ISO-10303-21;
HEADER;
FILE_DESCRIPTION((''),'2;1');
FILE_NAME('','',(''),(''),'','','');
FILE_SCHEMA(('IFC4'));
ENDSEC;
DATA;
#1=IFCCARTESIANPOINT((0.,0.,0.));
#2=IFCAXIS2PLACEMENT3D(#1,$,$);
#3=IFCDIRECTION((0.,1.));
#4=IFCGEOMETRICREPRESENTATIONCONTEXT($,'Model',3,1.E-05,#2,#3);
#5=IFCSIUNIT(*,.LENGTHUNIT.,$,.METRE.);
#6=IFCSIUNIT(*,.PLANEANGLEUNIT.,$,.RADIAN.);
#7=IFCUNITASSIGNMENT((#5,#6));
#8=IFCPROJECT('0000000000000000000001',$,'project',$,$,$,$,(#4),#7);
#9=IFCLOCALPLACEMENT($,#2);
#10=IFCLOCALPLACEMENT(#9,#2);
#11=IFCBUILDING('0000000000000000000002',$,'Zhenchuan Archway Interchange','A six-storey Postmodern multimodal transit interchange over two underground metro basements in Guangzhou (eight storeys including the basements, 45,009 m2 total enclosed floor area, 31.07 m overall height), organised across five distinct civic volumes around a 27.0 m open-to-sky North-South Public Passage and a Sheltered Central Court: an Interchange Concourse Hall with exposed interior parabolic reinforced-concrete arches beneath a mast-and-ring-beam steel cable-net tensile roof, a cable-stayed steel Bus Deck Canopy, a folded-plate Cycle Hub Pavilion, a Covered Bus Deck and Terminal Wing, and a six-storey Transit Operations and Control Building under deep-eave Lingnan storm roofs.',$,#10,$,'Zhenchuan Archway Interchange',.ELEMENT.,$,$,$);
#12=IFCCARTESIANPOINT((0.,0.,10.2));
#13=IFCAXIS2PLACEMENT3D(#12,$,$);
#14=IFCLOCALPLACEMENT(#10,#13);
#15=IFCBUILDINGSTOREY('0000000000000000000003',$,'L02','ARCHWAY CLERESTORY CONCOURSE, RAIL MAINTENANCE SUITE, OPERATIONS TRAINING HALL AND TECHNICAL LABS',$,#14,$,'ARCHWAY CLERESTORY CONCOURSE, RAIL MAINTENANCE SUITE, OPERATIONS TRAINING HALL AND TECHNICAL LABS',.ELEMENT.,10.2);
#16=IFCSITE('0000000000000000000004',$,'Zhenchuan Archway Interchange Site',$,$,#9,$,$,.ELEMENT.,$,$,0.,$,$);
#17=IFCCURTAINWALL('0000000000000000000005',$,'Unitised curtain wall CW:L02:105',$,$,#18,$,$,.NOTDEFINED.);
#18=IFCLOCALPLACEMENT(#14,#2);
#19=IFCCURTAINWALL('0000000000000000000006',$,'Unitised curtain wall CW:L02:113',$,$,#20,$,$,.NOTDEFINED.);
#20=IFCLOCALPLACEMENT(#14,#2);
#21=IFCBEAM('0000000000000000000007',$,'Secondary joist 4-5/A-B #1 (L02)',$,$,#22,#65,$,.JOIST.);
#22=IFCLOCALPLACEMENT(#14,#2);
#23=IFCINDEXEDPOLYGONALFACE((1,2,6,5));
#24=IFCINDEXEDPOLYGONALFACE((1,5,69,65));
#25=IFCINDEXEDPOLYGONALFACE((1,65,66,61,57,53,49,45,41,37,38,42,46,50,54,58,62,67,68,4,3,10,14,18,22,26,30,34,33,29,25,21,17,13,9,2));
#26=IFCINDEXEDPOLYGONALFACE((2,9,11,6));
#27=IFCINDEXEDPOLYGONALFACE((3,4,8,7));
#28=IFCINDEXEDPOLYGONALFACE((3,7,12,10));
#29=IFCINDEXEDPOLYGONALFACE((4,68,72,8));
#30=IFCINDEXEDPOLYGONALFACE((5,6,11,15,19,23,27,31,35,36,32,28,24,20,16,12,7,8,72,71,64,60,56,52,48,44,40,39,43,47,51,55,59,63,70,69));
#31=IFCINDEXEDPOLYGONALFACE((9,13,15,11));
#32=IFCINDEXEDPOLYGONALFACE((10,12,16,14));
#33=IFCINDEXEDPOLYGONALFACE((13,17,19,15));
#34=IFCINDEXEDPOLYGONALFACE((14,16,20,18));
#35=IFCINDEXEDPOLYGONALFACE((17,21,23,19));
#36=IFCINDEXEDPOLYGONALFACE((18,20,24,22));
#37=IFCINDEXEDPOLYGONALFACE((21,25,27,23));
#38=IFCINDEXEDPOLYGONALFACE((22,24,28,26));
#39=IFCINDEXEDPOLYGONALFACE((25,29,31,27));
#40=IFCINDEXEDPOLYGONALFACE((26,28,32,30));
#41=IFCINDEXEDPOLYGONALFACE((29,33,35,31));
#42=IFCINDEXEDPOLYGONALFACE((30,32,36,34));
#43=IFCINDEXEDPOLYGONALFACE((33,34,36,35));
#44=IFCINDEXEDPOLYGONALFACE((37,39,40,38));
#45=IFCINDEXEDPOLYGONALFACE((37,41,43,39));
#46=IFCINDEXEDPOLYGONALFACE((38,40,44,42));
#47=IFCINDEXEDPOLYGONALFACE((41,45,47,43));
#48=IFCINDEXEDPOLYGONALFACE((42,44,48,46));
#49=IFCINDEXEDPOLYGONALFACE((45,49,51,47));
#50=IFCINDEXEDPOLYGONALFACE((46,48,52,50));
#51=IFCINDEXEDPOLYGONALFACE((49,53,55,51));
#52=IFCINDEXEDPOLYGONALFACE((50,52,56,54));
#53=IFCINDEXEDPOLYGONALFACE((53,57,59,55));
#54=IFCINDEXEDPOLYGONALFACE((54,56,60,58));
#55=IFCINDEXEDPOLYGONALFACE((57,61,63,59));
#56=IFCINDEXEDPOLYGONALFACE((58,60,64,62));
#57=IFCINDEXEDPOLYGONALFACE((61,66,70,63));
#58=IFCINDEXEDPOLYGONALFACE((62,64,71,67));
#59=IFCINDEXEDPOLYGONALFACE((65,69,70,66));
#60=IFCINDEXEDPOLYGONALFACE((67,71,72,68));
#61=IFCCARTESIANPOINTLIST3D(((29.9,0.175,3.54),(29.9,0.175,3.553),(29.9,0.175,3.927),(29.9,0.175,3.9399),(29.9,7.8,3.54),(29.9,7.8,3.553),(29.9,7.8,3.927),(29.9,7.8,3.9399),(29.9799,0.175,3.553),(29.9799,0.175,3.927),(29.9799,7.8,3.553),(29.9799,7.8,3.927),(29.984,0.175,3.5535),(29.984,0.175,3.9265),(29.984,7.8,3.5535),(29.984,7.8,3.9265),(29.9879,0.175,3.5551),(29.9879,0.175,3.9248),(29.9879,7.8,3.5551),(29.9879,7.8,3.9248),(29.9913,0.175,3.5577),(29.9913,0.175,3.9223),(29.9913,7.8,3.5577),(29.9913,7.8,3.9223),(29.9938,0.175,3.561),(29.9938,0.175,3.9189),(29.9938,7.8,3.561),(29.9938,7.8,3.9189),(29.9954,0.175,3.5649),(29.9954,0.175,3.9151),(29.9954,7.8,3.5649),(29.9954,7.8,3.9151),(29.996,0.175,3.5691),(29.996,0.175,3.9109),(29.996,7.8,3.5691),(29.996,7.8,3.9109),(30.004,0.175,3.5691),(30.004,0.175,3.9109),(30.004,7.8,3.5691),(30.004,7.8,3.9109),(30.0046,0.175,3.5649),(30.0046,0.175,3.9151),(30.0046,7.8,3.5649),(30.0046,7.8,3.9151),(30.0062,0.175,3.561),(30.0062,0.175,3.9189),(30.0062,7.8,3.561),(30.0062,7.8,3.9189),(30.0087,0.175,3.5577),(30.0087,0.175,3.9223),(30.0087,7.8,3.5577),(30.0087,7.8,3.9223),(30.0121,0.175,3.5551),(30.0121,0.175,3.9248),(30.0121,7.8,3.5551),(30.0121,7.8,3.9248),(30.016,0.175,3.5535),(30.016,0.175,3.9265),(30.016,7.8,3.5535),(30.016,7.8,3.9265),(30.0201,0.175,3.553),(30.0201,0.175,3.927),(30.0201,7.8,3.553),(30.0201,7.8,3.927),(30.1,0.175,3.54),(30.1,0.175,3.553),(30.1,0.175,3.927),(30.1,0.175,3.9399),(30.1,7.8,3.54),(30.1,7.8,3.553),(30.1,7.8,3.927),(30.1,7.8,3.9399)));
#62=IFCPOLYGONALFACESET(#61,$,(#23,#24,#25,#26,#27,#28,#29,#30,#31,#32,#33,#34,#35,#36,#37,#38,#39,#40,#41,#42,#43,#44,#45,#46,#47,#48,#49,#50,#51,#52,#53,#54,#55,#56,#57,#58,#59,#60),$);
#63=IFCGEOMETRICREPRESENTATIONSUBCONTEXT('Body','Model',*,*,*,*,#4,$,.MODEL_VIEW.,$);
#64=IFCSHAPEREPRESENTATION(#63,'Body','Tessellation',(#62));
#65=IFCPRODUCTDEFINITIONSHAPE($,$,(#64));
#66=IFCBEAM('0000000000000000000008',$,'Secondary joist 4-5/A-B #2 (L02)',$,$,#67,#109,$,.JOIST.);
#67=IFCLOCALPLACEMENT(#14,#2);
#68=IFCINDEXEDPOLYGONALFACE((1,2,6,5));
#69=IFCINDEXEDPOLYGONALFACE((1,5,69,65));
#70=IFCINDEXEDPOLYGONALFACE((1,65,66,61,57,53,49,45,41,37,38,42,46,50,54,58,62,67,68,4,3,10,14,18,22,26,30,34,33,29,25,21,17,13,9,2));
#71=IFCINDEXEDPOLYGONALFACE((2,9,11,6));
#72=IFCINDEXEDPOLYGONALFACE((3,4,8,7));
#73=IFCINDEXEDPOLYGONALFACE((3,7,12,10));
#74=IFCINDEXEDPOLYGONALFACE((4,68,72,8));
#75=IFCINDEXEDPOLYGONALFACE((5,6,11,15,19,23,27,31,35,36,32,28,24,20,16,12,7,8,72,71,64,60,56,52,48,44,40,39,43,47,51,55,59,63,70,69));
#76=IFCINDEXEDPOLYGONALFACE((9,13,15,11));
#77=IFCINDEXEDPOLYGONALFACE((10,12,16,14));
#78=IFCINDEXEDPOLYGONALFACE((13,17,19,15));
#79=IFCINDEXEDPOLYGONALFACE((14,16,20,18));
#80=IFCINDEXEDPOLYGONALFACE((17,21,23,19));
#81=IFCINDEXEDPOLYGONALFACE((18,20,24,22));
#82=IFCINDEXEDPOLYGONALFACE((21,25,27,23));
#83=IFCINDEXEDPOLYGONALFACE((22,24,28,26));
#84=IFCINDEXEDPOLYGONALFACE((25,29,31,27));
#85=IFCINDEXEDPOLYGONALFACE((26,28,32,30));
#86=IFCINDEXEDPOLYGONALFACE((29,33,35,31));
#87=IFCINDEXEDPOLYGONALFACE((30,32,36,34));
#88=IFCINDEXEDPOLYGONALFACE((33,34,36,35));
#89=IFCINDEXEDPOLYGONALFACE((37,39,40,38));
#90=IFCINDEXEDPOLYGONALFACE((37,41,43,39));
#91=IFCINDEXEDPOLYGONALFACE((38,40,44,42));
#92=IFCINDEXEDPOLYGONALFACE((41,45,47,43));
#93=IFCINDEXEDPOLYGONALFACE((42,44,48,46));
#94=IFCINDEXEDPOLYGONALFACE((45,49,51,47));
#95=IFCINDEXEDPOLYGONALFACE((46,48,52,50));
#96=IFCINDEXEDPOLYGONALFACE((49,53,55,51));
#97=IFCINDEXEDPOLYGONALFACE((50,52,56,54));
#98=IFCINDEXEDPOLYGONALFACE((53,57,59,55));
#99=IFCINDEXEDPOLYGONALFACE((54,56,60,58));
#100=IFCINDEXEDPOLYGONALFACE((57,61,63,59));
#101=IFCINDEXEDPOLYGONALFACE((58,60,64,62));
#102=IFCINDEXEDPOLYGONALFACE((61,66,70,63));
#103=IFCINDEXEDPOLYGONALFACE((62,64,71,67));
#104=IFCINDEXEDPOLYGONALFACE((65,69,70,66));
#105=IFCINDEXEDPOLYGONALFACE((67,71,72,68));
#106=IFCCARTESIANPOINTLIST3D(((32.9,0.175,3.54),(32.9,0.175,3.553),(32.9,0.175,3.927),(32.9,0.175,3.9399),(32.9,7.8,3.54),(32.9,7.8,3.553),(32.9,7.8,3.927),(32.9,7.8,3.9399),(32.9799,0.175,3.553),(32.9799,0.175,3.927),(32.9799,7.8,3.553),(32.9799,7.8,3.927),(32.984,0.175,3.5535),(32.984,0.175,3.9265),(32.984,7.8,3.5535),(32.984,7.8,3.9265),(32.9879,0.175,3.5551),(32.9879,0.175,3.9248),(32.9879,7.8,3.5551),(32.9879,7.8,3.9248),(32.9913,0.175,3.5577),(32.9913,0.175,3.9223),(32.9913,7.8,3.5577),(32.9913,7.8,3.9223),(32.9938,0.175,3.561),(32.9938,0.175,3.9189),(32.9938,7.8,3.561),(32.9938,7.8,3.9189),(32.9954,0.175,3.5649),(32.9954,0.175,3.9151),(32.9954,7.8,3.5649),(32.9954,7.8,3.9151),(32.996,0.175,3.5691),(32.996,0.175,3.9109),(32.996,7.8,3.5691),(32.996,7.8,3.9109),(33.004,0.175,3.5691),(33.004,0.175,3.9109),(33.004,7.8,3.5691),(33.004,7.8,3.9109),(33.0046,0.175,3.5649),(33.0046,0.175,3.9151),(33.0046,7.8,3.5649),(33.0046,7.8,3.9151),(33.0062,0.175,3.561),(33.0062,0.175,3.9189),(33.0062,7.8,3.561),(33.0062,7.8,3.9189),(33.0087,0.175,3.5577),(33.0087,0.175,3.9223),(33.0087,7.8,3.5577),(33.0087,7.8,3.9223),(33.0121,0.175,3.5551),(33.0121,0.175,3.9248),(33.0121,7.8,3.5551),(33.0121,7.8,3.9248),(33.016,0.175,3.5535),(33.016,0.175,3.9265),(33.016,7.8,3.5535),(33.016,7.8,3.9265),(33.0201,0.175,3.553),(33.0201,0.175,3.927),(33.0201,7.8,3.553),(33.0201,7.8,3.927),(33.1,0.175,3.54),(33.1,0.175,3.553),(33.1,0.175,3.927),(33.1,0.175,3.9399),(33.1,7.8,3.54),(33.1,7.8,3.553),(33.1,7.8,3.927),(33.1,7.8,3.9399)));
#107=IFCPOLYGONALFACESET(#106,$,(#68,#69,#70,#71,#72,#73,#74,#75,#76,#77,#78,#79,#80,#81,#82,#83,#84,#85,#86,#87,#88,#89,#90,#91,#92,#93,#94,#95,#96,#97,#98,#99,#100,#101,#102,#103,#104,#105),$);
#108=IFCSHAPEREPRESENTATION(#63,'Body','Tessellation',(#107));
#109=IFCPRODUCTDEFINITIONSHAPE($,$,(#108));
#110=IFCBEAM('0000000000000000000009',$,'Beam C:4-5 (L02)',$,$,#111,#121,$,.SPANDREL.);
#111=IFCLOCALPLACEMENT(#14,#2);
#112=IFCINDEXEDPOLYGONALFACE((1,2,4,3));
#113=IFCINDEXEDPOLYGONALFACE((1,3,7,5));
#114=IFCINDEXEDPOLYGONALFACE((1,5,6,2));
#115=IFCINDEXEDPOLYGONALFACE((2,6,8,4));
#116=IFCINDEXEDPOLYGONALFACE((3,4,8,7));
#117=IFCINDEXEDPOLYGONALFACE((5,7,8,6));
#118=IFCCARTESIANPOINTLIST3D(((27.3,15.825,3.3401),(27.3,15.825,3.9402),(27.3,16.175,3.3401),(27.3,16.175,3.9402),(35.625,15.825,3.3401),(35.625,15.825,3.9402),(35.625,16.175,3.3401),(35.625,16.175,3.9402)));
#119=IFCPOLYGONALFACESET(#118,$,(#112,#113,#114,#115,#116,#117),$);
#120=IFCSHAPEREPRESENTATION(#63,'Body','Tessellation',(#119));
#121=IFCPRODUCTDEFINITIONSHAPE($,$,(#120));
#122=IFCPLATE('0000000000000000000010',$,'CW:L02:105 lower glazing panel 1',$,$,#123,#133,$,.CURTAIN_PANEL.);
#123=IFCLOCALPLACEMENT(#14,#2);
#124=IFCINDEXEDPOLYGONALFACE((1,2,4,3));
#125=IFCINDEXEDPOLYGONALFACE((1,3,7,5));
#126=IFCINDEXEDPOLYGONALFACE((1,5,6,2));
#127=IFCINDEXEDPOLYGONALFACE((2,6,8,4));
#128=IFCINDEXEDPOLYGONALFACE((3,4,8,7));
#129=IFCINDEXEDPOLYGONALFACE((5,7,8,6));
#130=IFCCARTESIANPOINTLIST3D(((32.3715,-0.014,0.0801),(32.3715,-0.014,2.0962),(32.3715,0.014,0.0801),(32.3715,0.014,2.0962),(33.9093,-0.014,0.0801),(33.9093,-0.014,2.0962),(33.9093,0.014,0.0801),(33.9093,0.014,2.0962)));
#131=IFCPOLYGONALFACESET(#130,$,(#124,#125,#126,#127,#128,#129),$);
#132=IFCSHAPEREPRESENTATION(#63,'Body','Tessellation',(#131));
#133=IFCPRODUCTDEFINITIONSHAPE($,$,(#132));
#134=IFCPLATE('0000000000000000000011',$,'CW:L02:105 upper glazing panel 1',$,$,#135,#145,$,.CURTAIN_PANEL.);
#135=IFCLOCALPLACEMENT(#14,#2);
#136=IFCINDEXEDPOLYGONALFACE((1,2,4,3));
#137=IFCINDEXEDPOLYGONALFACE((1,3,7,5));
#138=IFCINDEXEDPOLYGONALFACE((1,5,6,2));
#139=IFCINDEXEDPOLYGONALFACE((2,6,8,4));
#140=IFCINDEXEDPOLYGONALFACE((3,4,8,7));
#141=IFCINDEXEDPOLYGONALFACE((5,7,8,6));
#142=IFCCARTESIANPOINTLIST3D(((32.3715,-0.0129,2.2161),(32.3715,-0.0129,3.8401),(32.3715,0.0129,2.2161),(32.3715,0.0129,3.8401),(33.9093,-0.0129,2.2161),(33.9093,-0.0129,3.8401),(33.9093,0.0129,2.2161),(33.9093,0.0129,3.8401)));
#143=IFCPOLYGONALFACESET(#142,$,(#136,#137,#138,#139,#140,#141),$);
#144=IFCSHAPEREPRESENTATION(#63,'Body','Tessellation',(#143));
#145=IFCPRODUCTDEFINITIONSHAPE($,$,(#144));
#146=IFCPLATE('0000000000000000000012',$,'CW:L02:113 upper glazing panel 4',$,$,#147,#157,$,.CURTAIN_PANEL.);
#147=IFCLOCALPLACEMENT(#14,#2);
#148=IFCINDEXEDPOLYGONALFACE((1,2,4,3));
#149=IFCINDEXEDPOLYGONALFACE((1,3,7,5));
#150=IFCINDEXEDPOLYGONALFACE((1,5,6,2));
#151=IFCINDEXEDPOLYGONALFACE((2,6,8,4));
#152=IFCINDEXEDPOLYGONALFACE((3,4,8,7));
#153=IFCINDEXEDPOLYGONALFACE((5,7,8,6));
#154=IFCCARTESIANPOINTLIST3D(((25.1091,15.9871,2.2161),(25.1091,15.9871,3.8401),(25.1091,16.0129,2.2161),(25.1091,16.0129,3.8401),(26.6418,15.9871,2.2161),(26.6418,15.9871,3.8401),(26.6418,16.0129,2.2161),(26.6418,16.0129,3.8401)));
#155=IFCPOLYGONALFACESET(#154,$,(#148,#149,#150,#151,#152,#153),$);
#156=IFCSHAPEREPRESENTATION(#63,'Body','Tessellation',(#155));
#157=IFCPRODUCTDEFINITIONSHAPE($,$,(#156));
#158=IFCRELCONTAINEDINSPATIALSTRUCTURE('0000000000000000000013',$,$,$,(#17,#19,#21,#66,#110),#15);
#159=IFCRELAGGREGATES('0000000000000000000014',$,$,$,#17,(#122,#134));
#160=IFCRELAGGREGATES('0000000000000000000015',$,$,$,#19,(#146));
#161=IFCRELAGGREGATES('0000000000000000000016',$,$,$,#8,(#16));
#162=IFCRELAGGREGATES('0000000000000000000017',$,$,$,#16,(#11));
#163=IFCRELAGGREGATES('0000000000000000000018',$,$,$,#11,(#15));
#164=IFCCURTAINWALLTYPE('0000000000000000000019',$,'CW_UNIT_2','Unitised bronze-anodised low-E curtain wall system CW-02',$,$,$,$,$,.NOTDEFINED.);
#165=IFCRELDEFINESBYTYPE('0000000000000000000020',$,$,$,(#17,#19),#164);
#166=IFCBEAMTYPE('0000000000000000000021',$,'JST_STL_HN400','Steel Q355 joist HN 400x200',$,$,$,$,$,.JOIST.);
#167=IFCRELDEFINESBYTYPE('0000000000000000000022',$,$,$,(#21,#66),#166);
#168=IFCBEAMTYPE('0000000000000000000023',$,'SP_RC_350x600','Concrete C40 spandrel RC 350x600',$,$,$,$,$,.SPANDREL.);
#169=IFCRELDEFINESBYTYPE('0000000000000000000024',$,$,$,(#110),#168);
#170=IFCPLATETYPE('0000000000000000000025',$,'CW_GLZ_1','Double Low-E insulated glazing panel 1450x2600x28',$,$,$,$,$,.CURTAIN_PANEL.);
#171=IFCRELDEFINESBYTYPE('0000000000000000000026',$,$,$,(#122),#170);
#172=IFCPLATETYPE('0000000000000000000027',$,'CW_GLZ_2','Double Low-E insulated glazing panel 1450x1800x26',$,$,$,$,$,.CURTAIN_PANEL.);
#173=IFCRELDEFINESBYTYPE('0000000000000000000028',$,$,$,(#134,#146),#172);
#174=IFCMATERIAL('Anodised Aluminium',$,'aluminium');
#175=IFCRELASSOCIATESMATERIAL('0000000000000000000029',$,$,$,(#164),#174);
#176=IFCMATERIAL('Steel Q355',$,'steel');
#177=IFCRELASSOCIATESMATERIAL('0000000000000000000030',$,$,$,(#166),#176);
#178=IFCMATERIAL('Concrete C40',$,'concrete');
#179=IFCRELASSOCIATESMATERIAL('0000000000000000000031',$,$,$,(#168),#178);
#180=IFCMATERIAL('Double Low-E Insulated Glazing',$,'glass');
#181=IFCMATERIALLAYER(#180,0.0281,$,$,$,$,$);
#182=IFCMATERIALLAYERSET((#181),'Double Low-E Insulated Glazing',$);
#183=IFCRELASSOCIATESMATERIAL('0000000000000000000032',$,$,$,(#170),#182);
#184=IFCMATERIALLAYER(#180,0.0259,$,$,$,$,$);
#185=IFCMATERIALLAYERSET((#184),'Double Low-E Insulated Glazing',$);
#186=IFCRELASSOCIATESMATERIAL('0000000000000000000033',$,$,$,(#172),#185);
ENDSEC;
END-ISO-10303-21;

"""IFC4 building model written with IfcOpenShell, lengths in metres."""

from ifc_helpers import new_model, si_unit, direction, frame, origin, origin_2d, place, context, subcontext, project, spatial, rectangle, i_section, extrude, material, layer, layer_set, material_profile, profile_set, type_object, element, aggregate, save


model = new_model("IFC4")

# Units and contexts
model_context = context("Model", 3, precision=1e-05, world=origin(), true_north=direction((0.0, 1.0)))
body_context = subcontext(model_context, "Body", "Model", "MODEL_VIEW")
ifc_project = project(units=[si_unit("LENGTHUNIT", "METRE"), si_unit("PLANEANGLEUNIT", "RADIAN")], contexts=[model_context])

# Site, building, storey
site_placement = place(None, origin())
site = spatial("IfcSite", under=ifc_project, at=site_placement, Name="Zhenchuan Archway Interchange Site", CompositionType="ELEMENT", RefElevation=0.0)
building_placement = place(site_placement, origin())
building = spatial("IfcBuilding", under=site, at=building_placement, Name="Zhenchuan Archway Interchange", Description="A six-storey Postmodern multimodal transit interchange over two underground metro basements in Guangzhou (eight storeys including the basements, 45,009 m2 total enclosed floor area, 31.07 m overall height), organised across five distinct civic volumes around a 27.0 m open-to-sky North-South Public Passage and a Sheltered Central Court: an Interchange Concourse Hall with exposed interior parabolic reinforced-concrete arches beneath a mast-and-ring-beam steel cable-net tensile roof, a cable-stayed steel Bus Deck Canopy, a folded-plate Cycle Hub Pavilion, a Covered Bus Deck and Terminal Wing, and a six-storey Transit Operations and Control Building under deep-eave Lingnan storm roofs.", LongName="Zhenchuan Archway Interchange", CompositionType="ELEMENT")
storey_placement = place(building_placement, frame((0.0, 0.0, 10.2)))
storey = spatial("IfcBuildingStorey", under=building, at=storey_placement, Name="L02", Description="ARCHWAY CLERESTORY CONCOURSE, RAIL MAINTENANCE SUITE, OPERATIONS TRAINING HALL AND TECHNICAL LABS", LongName="ARCHWAY CLERESTORY CONCOURSE, RAIL MAINTENANCE SUITE, OPERATIONS TRAINING HALL AND TECHNICAL LABS", CompositionType="ELEMENT", Elevation=10.2)

# Shared definitions
ifc_material_1 = material(Name="Concrete C40", Category="concrete")

# Curtain walls
ifc_material_2 = material(Name="Anodised Aluminium", Category="aluminium")
curtain_wall_type_1 = type_object("IfcCurtainWallType", Name="CW_UNIT_2", Description="Unitised bronze-anodised low-E curtain wall system CW-02", PredefinedType="NOTDEFINED", material=ifc_material_2)
curtain_wall_1_placement = place(storey_placement, origin())
curtain_wall_1 = element("IfcCurtainWall", 1, at=curtain_wall_1_placement, inside=storey, type_object=curtain_wall_type_1, Name="Unitised curtain wall CW:L02:105", PredefinedType="NOTDEFINED")
curtain_wall_2_placement = place(storey_placement, origin())
curtain_wall_2 = element("IfcCurtainWall", 2, at=curtain_wall_2_placement, inside=storey, type_object=curtain_wall_type_1, Name="Unitised curtain wall CW:L02:113", PredefinedType="NOTDEFINED")

# Beams
ifc_material_3 = material(Name="Steel Q355", Category="steel")
ifc_material_profile_1 = material_profile(ifc_material_3, i_section(OverallWidth=0.2, OverallDepth=0.3999, WebThickness=0.0081, FlangeThickness=0.0129, FilletRadius=0.0161, at=origin_2d()), Name="HN 400x200")
ifc_profile_set_1 = profile_set([ifc_material_profile_1], Name="Steel Q355")
beam_type_1 = type_object("IfcBeamType", Name="JST_STL_HN400", Description="Steel Q355 joist HN 400x200", PredefinedType="JOIST", material=ifc_profile_set_1)
for number, where, z_axis, x_axis, name in (
    (3, (30.0, 0.175, 3.74), (0.0, 1.0, 0.0), (-1.0, 0.0, 0.0), "Secondary joist 4-5/A-B #1 (L02)"),
    (4, (33.0, 0.175, 3.74), (0.0, 1.0, 0.0), (-1.0, 0.0, 0.0), "Secondary joist 4-5/A-B #2 (L02)"),
):
    element("IfcBeam", number, at=place(storey_placement, frame(where, z_axis=z_axis, x_axis=x_axis)), inside=storey, type_object=beam_type_1, Name=name, PredefinedType="JOIST", context=body_context, shape_type="SweptSolid", body=[
        extrude(i_section(OverallWidth=0.2, OverallDepth=0.3999, WebThickness=0.0081, FlangeThickness=0.0129, FilletRadius=0.0161, at=origin_2d()), origin(), (0.0, 0.0, 1.0), 7.625),
    ])
ifc_material_profile_2 = material_profile(ifc_material_1, rectangle(XDim=0.3501, YDim=0.6001, at=origin_2d()), Name="RC 350x600")
ifc_profile_set_2 = profile_set([ifc_material_profile_2], Name="Concrete C40")
beam_type_2 = type_object("IfcBeamType", Name="SP_RC_350x600", Description="Concrete C40 spandrel RC 350x600", PredefinedType="SPANDREL", material=ifc_profile_set_2)
beam_1_placement = place(storey_placement, frame((27.3, 16.0, 3.6401), z_axis=(1.0, 0.0, 0.0), x_axis=(0.0, 1.0, 0.0)))
element("IfcBeam", 5, at=beam_1_placement, inside=storey, type_object=beam_type_2, Name="Beam C:4-5 (L02)", PredefinedType="SPANDREL", context=body_context, shape_type="SweptSolid", body=[
    extrude(rectangle(XDim=0.3501, YDim=0.6001, at=origin_2d()), origin(), (0.0, 0.0, 1.0), 8.325),
])

# Plates
ifc_material_4 = material(Name="Double Low-E Insulated Glazing", Category="glass")
ifc_layer_1 = layer(ifc_material_4, 0.0281)
ifc_layer_set_1 = layer_set([ifc_layer_1], Name="Double Low-E Insulated Glazing")
plate_type_1 = type_object("IfcPlateType", Name="CW_GLZ_1", Description="Double Low-E insulated glazing panel 1450x2600x28", PredefinedType="CURTAIN_PANEL", material=ifc_layer_set_1)
plate_1_placement = place(storey_placement, frame((33.1404, 0.0, 0.0801), z_axis=(0.0, 0.0, 1.0), x_axis=(-1.0, 0.0, 0.0)))
plate_1 = element("IfcPlate", 6, at=plate_1_placement, type_object=plate_type_1, Name="CW:L02:105 lower glazing panel 1", PredefinedType="CURTAIN_PANEL", context=body_context, shape_type="SweptSolid", body=[
    extrude(rectangle(XDim=1.5378, YDim=0.0281, at=origin_2d()), origin(), (0.0, 0.0, 1.0), 2.0161),
])
ifc_layer_2 = layer(ifc_material_4, 0.0259)
ifc_layer_set_2 = layer_set([ifc_layer_2], Name="Double Low-E Insulated Glazing")
plate_type_2 = type_object("IfcPlateType", Name="CW_GLZ_2", Description="Double Low-E insulated glazing panel 1450x1800x26", PredefinedType="CURTAIN_PANEL", material=ifc_layer_set_2)
plate_2_placement = place(storey_placement, frame((33.1404, 0.0, 2.2161), z_axis=(0.0, 0.0, 1.0), x_axis=(-1.0, 0.0, 0.0)))
plate_2 = element("IfcPlate", 7, at=plate_2_placement, type_object=plate_type_2, Name="CW:L02:105 upper glazing panel 1", PredefinedType="CURTAIN_PANEL", context=body_context, shape_type="SweptSolid", body=[
    extrude(rectangle(XDim=1.5378, YDim=0.0259, at=origin_2d()), origin(), (0.0, 0.0, 1.0), 1.624),
])
aggregate(curtain_wall_1, [plate_1, plate_2])
plate_3_placement = place(storey_placement, frame((25.8755, 16.0, 2.2161), z_axis=(0.0, 0.0, 1.0), x_axis=(1.0, 0.0, 0.0)))
plate_3 = element("IfcPlate", 8, at=plate_3_placement, type_object=plate_type_2, Name="CW:L02:113 upper glazing panel 4", PredefinedType="CURTAIN_PANEL", context=body_context, shape_type="SweptSolid", body=[
    extrude(rectangle(XDim=1.5327, YDim=0.0259, at=origin_2d()), origin(), (0.0, 0.0, 1.0), 1.624),
])
aggregate(curtain_wall_2, [plate_3])

save(model, "model.ifc")
